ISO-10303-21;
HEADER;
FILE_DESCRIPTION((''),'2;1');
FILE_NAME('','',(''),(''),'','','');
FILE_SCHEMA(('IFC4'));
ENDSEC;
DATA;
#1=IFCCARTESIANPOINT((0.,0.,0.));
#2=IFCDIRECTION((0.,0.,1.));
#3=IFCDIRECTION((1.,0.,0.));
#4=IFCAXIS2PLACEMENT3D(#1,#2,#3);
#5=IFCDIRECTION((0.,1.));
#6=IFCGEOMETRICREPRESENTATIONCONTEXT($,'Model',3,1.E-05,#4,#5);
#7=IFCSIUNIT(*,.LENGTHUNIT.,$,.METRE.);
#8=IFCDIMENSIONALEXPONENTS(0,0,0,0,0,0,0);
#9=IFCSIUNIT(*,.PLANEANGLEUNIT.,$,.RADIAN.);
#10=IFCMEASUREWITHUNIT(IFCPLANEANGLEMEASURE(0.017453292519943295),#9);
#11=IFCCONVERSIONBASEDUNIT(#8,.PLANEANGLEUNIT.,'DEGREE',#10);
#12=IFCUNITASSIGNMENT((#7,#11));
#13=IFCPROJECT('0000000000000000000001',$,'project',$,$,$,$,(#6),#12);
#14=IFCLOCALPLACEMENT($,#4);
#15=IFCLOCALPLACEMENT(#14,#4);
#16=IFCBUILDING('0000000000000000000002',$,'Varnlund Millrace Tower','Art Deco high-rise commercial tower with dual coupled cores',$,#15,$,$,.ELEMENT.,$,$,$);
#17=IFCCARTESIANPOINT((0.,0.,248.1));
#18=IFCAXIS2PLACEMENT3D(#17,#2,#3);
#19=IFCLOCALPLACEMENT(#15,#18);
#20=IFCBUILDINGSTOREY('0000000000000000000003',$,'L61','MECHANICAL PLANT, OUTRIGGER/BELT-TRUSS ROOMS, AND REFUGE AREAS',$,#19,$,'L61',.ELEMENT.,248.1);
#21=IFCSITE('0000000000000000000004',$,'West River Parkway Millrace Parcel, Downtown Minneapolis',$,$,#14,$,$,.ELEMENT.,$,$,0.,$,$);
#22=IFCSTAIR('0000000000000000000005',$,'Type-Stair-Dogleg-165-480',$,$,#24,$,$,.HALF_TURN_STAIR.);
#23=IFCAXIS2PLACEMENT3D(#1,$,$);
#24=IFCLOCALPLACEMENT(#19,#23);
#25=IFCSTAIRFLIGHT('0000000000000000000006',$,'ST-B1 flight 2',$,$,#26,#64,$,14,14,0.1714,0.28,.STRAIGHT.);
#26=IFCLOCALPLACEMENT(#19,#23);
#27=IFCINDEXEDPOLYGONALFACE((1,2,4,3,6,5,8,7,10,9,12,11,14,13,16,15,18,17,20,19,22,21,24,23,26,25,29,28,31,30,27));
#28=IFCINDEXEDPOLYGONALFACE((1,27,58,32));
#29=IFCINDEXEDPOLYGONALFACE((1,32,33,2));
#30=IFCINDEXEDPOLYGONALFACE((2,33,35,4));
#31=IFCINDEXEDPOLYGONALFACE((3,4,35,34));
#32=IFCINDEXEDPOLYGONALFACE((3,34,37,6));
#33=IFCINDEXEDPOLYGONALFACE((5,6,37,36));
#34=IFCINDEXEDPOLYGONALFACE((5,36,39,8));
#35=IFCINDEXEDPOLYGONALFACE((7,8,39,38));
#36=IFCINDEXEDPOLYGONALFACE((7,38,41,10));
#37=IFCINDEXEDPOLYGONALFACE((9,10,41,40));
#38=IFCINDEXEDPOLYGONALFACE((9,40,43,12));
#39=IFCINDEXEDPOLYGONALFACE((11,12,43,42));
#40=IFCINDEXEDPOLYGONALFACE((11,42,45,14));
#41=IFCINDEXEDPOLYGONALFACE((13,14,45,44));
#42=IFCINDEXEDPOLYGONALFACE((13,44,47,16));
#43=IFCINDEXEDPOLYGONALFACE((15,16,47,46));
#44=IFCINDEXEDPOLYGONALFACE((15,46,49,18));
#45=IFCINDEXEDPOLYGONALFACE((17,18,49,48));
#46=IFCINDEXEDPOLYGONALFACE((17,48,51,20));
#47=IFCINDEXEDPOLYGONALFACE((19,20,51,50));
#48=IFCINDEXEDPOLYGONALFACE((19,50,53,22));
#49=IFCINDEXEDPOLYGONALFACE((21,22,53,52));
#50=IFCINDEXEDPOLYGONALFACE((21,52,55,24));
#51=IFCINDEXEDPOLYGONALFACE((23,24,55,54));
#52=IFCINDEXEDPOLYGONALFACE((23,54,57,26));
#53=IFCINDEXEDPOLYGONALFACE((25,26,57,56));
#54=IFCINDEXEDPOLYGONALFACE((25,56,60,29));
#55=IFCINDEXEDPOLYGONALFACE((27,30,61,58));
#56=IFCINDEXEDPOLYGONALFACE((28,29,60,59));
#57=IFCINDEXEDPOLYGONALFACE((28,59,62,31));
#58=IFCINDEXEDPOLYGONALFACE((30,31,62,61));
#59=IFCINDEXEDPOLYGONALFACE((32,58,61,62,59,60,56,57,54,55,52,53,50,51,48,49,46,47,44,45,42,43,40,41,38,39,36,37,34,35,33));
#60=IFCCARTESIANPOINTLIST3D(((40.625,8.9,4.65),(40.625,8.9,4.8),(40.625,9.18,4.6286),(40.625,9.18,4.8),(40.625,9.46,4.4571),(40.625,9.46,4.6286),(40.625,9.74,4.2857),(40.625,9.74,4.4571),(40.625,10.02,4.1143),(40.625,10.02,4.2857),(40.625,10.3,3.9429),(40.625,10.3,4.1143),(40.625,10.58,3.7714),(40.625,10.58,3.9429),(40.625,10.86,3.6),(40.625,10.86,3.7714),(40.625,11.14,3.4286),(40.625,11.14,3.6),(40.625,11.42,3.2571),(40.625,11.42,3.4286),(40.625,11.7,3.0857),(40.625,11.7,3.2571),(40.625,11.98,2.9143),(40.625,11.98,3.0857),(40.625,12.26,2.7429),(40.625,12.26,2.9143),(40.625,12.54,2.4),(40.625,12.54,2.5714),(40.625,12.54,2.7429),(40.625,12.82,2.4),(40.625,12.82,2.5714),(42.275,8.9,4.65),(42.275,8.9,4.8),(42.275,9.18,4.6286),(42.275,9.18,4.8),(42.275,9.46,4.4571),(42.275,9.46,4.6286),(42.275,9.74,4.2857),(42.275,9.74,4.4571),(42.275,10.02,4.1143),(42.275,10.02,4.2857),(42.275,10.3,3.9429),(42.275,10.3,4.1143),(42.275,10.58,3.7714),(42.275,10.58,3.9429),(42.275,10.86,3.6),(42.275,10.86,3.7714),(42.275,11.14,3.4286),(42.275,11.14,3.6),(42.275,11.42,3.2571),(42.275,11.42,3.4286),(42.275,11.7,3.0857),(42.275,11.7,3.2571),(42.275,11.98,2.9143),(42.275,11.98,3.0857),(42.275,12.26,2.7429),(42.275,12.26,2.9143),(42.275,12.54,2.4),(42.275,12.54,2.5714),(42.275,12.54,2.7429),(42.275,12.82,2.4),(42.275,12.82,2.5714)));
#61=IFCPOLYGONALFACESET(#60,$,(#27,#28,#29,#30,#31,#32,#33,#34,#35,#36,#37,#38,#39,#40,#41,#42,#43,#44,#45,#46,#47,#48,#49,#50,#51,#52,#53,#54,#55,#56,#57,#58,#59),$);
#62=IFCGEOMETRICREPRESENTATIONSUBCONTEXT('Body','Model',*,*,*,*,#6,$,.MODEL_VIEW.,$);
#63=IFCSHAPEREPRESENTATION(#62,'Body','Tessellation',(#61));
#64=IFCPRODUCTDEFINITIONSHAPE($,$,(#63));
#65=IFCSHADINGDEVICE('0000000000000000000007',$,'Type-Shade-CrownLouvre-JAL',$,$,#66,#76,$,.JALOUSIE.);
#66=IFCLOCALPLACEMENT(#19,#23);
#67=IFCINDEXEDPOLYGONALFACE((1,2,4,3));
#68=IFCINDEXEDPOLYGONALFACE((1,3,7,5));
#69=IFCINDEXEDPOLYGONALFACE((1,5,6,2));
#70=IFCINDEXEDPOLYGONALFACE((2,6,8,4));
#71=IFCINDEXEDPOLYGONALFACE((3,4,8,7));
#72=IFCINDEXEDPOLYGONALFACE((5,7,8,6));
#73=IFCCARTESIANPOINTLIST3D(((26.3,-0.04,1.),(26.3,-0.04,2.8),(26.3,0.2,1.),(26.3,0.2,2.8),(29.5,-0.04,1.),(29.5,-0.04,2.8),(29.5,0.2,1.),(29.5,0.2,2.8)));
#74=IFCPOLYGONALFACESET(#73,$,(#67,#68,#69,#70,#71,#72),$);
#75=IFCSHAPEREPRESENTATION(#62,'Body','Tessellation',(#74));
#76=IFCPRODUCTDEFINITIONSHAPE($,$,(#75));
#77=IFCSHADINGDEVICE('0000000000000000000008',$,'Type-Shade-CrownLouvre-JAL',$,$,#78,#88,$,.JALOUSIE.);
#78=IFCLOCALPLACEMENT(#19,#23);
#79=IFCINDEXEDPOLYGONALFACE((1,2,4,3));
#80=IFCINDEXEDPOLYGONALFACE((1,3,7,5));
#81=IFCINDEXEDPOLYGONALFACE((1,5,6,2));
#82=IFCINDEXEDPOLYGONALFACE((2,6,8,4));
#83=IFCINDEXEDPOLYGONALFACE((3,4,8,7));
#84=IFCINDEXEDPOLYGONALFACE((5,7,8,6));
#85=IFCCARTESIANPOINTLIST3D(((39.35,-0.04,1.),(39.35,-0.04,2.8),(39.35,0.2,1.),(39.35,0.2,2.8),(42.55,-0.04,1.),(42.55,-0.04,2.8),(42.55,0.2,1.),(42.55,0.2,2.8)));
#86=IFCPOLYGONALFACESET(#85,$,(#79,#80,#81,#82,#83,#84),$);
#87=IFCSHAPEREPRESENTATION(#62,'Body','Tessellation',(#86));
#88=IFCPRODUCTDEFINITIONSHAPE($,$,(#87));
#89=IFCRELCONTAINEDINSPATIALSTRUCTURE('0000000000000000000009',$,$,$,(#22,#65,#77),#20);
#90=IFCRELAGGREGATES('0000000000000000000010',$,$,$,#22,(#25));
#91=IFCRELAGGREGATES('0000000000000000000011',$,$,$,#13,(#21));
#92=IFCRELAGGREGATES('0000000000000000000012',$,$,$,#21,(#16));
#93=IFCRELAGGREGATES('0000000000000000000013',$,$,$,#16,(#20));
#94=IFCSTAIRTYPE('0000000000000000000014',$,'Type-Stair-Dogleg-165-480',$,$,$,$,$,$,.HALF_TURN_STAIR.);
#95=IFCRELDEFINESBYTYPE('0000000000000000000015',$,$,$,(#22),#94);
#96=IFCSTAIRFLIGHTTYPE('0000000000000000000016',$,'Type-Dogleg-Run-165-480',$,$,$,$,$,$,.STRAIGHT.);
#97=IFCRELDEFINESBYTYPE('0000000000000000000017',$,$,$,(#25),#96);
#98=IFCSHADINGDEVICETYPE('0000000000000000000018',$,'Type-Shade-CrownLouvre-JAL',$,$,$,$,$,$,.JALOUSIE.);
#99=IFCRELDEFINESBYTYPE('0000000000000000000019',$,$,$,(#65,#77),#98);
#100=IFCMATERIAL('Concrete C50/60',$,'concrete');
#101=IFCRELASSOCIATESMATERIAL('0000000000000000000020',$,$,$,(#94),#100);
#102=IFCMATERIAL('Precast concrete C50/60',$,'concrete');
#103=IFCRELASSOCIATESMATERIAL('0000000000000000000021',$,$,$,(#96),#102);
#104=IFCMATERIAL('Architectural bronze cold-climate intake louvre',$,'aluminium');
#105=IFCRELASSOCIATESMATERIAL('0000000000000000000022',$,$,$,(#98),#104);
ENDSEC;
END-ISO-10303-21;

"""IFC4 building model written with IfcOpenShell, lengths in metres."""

from ifc_helpers import new_model, entity, si_unit, converted_unit, direction, frame, origin_with_axes, origin_2d_with_axis, place, context, subcontext, project, spatial, polyline, rectangle, outline, extrude, material, type_object, element, aggregate, save


model = new_model("IFC4")

# Units and contexts
model_context = context("Model", 3, precision=1e-05, world=origin_with_axes(), true_north=direction((0.0, 1.0)))
body_context = subcontext(model_context, "Body", "Model", "MODEL_VIEW")
ifc_project = project(units=[si_unit("LENGTHUNIT", "METRE"), converted_unit("PLANEANGLEUNIT", "DEGREE", entity("IfcPlaneAngleMeasure", 0.017453292519943295), si_unit("PLANEANGLEUNIT", "RADIAN"), dimensions=[0, 0, 0, 0, 0, 0, 0])], contexts=[model_context])

# Site, building, storey
site_placement = place(None, origin_with_axes())
site = spatial("IfcSite", under=ifc_project, at=site_placement, Name="West River Parkway Millrace Parcel, Downtown Minneapolis", CompositionType="ELEMENT", RefElevation=0.0)
building_placement = place(site_placement, origin_with_axes())
building = spatial("IfcBuilding", under=site, at=building_placement, Name="Varnlund Millrace Tower", Description="Art Deco high-rise commercial tower with dual coupled cores", CompositionType="ELEMENT")
storey_placement = place(building_placement, frame((0.0, 0.0, 248.1), z_axis=(0.0, 0.0, 1.0), x_axis=(1.0, 0.0, 0.0)))
storey = spatial("IfcBuildingStorey", under=building, at=storey_placement, Name="L61", Description="MECHANICAL PLANT, OUTRIGGER/BELT-TRUSS ROOMS, AND REFUGE AREAS", LongName="L61", CompositionType="ELEMENT", Elevation=248.1)

# Shared definitions
ifc_material_1 = material(Name="Precast concrete C50/60", Category="concrete")

# Stair, stair flight
ifc_material_2 = material(Name="Concrete C50/60", Category="concrete")
stair_type = type_object("IfcStairType", Name="Type-Stair-Dogleg-165-480", PredefinedType="HALF_TURN_STAIR", material=ifc_material_2)
stair_placement = place(storey_placement, origin_with_axes())
stair = element("IfcStair", 1, at=stair_placement, inside=storey, type_object=stair_type, Name="Type-Stair-Dogleg-165-480", PredefinedType="HALF_TURN_STAIR")
stair_flight_type = type_object("IfcStairFlightType", Name="Type-Dogleg-Run-165-480", PredefinedType="STRAIGHT", material=ifc_material_1)
stair_flight_placement = place(storey_placement, frame((42.275, 12.82, 2.4), z_axis=(-1.0, 0.0, 0.0), x_axis=(0.0, -1.0, 0.0)))
stair_flight = element("IfcStairFlight", 2, at=stair_flight_placement, type_object=stair_flight_type, Name="ST-B1 flight 2", NumberOfRisers=14, NumberOfTreads=14, PredefinedType="STRAIGHT", RiserHeight=0.1714, TreadLength=0.28, context=body_context, shape_type="SweptSolid", body=[
    extrude(outline(polyline([(0.0, 0.0), (0.0, 0.1714), (0.28, 0.1714), (0.28, 0.3429), (0.56, 0.3429), (0.56, 0.5143), (0.84, 0.5143), (0.84, 0.6857), (1.12, 0.6857), (1.12, 0.8571), (1.4, 0.8571), (1.4, 1.0286), (1.68, 1.0286), (1.68, 1.2), (1.96, 1.2), (1.96, 1.3714), (2.24, 1.3714), (2.24, 1.5429), (2.52, 1.5429), (2.52, 1.7143), (2.8, 1.7143), (2.8, 1.8857), (3.08, 1.8857), (3.08, 2.0571), (3.36, 2.0571), (3.36, 2.2286), (3.64, 2.2286), (3.64, 2.4), (3.92, 2.4), (3.92, 2.25), (0.28, 0.0), (0.0, 0.0)])), origin_with_axes(), (0.0, 0.0, 1.0), 1.65),
])
aggregate(stair, [stair_flight])

# Shading devices
ifc_material_3 = material(Name="Architectural bronze cold-climate intake louvre", Category="aluminium")
shading_device_type = type_object("IfcShadingDeviceType", Name="Type-Shade-CrownLouvre-JAL", PredefinedType="JALOUSIE", material=ifc_material_3)
for number, where, z_axis, x_axis, name in (
    (3, (27.9, 0.08, 1.0), (0.0, 0.0, 1.0), (1.0, 0.0, 0.0), "Type-Shade-CrownLouvre-JAL"),
    (4, (40.95, 0.08, 1.0), (0.0, 0.0, 1.0), (1.0, 0.0, 0.0), "Type-Shade-CrownLouvre-JAL"),
):
    element("IfcShadingDevice", number, at=place(storey_placement, frame(where, z_axis=z_axis, x_axis=x_axis)), inside=storey, type_object=shading_device_type, Name=name, PredefinedType="JALOUSIE", context=body_context, shape_type="SweptSolid", body=[
        extrude(rectangle(XDim=3.2, YDim=0.24, at=origin_2d_with_axis()), origin_with_axes(), (0.0, 0.0, 1.0), 1.8),
    ])

save(model, "model.ifc")
